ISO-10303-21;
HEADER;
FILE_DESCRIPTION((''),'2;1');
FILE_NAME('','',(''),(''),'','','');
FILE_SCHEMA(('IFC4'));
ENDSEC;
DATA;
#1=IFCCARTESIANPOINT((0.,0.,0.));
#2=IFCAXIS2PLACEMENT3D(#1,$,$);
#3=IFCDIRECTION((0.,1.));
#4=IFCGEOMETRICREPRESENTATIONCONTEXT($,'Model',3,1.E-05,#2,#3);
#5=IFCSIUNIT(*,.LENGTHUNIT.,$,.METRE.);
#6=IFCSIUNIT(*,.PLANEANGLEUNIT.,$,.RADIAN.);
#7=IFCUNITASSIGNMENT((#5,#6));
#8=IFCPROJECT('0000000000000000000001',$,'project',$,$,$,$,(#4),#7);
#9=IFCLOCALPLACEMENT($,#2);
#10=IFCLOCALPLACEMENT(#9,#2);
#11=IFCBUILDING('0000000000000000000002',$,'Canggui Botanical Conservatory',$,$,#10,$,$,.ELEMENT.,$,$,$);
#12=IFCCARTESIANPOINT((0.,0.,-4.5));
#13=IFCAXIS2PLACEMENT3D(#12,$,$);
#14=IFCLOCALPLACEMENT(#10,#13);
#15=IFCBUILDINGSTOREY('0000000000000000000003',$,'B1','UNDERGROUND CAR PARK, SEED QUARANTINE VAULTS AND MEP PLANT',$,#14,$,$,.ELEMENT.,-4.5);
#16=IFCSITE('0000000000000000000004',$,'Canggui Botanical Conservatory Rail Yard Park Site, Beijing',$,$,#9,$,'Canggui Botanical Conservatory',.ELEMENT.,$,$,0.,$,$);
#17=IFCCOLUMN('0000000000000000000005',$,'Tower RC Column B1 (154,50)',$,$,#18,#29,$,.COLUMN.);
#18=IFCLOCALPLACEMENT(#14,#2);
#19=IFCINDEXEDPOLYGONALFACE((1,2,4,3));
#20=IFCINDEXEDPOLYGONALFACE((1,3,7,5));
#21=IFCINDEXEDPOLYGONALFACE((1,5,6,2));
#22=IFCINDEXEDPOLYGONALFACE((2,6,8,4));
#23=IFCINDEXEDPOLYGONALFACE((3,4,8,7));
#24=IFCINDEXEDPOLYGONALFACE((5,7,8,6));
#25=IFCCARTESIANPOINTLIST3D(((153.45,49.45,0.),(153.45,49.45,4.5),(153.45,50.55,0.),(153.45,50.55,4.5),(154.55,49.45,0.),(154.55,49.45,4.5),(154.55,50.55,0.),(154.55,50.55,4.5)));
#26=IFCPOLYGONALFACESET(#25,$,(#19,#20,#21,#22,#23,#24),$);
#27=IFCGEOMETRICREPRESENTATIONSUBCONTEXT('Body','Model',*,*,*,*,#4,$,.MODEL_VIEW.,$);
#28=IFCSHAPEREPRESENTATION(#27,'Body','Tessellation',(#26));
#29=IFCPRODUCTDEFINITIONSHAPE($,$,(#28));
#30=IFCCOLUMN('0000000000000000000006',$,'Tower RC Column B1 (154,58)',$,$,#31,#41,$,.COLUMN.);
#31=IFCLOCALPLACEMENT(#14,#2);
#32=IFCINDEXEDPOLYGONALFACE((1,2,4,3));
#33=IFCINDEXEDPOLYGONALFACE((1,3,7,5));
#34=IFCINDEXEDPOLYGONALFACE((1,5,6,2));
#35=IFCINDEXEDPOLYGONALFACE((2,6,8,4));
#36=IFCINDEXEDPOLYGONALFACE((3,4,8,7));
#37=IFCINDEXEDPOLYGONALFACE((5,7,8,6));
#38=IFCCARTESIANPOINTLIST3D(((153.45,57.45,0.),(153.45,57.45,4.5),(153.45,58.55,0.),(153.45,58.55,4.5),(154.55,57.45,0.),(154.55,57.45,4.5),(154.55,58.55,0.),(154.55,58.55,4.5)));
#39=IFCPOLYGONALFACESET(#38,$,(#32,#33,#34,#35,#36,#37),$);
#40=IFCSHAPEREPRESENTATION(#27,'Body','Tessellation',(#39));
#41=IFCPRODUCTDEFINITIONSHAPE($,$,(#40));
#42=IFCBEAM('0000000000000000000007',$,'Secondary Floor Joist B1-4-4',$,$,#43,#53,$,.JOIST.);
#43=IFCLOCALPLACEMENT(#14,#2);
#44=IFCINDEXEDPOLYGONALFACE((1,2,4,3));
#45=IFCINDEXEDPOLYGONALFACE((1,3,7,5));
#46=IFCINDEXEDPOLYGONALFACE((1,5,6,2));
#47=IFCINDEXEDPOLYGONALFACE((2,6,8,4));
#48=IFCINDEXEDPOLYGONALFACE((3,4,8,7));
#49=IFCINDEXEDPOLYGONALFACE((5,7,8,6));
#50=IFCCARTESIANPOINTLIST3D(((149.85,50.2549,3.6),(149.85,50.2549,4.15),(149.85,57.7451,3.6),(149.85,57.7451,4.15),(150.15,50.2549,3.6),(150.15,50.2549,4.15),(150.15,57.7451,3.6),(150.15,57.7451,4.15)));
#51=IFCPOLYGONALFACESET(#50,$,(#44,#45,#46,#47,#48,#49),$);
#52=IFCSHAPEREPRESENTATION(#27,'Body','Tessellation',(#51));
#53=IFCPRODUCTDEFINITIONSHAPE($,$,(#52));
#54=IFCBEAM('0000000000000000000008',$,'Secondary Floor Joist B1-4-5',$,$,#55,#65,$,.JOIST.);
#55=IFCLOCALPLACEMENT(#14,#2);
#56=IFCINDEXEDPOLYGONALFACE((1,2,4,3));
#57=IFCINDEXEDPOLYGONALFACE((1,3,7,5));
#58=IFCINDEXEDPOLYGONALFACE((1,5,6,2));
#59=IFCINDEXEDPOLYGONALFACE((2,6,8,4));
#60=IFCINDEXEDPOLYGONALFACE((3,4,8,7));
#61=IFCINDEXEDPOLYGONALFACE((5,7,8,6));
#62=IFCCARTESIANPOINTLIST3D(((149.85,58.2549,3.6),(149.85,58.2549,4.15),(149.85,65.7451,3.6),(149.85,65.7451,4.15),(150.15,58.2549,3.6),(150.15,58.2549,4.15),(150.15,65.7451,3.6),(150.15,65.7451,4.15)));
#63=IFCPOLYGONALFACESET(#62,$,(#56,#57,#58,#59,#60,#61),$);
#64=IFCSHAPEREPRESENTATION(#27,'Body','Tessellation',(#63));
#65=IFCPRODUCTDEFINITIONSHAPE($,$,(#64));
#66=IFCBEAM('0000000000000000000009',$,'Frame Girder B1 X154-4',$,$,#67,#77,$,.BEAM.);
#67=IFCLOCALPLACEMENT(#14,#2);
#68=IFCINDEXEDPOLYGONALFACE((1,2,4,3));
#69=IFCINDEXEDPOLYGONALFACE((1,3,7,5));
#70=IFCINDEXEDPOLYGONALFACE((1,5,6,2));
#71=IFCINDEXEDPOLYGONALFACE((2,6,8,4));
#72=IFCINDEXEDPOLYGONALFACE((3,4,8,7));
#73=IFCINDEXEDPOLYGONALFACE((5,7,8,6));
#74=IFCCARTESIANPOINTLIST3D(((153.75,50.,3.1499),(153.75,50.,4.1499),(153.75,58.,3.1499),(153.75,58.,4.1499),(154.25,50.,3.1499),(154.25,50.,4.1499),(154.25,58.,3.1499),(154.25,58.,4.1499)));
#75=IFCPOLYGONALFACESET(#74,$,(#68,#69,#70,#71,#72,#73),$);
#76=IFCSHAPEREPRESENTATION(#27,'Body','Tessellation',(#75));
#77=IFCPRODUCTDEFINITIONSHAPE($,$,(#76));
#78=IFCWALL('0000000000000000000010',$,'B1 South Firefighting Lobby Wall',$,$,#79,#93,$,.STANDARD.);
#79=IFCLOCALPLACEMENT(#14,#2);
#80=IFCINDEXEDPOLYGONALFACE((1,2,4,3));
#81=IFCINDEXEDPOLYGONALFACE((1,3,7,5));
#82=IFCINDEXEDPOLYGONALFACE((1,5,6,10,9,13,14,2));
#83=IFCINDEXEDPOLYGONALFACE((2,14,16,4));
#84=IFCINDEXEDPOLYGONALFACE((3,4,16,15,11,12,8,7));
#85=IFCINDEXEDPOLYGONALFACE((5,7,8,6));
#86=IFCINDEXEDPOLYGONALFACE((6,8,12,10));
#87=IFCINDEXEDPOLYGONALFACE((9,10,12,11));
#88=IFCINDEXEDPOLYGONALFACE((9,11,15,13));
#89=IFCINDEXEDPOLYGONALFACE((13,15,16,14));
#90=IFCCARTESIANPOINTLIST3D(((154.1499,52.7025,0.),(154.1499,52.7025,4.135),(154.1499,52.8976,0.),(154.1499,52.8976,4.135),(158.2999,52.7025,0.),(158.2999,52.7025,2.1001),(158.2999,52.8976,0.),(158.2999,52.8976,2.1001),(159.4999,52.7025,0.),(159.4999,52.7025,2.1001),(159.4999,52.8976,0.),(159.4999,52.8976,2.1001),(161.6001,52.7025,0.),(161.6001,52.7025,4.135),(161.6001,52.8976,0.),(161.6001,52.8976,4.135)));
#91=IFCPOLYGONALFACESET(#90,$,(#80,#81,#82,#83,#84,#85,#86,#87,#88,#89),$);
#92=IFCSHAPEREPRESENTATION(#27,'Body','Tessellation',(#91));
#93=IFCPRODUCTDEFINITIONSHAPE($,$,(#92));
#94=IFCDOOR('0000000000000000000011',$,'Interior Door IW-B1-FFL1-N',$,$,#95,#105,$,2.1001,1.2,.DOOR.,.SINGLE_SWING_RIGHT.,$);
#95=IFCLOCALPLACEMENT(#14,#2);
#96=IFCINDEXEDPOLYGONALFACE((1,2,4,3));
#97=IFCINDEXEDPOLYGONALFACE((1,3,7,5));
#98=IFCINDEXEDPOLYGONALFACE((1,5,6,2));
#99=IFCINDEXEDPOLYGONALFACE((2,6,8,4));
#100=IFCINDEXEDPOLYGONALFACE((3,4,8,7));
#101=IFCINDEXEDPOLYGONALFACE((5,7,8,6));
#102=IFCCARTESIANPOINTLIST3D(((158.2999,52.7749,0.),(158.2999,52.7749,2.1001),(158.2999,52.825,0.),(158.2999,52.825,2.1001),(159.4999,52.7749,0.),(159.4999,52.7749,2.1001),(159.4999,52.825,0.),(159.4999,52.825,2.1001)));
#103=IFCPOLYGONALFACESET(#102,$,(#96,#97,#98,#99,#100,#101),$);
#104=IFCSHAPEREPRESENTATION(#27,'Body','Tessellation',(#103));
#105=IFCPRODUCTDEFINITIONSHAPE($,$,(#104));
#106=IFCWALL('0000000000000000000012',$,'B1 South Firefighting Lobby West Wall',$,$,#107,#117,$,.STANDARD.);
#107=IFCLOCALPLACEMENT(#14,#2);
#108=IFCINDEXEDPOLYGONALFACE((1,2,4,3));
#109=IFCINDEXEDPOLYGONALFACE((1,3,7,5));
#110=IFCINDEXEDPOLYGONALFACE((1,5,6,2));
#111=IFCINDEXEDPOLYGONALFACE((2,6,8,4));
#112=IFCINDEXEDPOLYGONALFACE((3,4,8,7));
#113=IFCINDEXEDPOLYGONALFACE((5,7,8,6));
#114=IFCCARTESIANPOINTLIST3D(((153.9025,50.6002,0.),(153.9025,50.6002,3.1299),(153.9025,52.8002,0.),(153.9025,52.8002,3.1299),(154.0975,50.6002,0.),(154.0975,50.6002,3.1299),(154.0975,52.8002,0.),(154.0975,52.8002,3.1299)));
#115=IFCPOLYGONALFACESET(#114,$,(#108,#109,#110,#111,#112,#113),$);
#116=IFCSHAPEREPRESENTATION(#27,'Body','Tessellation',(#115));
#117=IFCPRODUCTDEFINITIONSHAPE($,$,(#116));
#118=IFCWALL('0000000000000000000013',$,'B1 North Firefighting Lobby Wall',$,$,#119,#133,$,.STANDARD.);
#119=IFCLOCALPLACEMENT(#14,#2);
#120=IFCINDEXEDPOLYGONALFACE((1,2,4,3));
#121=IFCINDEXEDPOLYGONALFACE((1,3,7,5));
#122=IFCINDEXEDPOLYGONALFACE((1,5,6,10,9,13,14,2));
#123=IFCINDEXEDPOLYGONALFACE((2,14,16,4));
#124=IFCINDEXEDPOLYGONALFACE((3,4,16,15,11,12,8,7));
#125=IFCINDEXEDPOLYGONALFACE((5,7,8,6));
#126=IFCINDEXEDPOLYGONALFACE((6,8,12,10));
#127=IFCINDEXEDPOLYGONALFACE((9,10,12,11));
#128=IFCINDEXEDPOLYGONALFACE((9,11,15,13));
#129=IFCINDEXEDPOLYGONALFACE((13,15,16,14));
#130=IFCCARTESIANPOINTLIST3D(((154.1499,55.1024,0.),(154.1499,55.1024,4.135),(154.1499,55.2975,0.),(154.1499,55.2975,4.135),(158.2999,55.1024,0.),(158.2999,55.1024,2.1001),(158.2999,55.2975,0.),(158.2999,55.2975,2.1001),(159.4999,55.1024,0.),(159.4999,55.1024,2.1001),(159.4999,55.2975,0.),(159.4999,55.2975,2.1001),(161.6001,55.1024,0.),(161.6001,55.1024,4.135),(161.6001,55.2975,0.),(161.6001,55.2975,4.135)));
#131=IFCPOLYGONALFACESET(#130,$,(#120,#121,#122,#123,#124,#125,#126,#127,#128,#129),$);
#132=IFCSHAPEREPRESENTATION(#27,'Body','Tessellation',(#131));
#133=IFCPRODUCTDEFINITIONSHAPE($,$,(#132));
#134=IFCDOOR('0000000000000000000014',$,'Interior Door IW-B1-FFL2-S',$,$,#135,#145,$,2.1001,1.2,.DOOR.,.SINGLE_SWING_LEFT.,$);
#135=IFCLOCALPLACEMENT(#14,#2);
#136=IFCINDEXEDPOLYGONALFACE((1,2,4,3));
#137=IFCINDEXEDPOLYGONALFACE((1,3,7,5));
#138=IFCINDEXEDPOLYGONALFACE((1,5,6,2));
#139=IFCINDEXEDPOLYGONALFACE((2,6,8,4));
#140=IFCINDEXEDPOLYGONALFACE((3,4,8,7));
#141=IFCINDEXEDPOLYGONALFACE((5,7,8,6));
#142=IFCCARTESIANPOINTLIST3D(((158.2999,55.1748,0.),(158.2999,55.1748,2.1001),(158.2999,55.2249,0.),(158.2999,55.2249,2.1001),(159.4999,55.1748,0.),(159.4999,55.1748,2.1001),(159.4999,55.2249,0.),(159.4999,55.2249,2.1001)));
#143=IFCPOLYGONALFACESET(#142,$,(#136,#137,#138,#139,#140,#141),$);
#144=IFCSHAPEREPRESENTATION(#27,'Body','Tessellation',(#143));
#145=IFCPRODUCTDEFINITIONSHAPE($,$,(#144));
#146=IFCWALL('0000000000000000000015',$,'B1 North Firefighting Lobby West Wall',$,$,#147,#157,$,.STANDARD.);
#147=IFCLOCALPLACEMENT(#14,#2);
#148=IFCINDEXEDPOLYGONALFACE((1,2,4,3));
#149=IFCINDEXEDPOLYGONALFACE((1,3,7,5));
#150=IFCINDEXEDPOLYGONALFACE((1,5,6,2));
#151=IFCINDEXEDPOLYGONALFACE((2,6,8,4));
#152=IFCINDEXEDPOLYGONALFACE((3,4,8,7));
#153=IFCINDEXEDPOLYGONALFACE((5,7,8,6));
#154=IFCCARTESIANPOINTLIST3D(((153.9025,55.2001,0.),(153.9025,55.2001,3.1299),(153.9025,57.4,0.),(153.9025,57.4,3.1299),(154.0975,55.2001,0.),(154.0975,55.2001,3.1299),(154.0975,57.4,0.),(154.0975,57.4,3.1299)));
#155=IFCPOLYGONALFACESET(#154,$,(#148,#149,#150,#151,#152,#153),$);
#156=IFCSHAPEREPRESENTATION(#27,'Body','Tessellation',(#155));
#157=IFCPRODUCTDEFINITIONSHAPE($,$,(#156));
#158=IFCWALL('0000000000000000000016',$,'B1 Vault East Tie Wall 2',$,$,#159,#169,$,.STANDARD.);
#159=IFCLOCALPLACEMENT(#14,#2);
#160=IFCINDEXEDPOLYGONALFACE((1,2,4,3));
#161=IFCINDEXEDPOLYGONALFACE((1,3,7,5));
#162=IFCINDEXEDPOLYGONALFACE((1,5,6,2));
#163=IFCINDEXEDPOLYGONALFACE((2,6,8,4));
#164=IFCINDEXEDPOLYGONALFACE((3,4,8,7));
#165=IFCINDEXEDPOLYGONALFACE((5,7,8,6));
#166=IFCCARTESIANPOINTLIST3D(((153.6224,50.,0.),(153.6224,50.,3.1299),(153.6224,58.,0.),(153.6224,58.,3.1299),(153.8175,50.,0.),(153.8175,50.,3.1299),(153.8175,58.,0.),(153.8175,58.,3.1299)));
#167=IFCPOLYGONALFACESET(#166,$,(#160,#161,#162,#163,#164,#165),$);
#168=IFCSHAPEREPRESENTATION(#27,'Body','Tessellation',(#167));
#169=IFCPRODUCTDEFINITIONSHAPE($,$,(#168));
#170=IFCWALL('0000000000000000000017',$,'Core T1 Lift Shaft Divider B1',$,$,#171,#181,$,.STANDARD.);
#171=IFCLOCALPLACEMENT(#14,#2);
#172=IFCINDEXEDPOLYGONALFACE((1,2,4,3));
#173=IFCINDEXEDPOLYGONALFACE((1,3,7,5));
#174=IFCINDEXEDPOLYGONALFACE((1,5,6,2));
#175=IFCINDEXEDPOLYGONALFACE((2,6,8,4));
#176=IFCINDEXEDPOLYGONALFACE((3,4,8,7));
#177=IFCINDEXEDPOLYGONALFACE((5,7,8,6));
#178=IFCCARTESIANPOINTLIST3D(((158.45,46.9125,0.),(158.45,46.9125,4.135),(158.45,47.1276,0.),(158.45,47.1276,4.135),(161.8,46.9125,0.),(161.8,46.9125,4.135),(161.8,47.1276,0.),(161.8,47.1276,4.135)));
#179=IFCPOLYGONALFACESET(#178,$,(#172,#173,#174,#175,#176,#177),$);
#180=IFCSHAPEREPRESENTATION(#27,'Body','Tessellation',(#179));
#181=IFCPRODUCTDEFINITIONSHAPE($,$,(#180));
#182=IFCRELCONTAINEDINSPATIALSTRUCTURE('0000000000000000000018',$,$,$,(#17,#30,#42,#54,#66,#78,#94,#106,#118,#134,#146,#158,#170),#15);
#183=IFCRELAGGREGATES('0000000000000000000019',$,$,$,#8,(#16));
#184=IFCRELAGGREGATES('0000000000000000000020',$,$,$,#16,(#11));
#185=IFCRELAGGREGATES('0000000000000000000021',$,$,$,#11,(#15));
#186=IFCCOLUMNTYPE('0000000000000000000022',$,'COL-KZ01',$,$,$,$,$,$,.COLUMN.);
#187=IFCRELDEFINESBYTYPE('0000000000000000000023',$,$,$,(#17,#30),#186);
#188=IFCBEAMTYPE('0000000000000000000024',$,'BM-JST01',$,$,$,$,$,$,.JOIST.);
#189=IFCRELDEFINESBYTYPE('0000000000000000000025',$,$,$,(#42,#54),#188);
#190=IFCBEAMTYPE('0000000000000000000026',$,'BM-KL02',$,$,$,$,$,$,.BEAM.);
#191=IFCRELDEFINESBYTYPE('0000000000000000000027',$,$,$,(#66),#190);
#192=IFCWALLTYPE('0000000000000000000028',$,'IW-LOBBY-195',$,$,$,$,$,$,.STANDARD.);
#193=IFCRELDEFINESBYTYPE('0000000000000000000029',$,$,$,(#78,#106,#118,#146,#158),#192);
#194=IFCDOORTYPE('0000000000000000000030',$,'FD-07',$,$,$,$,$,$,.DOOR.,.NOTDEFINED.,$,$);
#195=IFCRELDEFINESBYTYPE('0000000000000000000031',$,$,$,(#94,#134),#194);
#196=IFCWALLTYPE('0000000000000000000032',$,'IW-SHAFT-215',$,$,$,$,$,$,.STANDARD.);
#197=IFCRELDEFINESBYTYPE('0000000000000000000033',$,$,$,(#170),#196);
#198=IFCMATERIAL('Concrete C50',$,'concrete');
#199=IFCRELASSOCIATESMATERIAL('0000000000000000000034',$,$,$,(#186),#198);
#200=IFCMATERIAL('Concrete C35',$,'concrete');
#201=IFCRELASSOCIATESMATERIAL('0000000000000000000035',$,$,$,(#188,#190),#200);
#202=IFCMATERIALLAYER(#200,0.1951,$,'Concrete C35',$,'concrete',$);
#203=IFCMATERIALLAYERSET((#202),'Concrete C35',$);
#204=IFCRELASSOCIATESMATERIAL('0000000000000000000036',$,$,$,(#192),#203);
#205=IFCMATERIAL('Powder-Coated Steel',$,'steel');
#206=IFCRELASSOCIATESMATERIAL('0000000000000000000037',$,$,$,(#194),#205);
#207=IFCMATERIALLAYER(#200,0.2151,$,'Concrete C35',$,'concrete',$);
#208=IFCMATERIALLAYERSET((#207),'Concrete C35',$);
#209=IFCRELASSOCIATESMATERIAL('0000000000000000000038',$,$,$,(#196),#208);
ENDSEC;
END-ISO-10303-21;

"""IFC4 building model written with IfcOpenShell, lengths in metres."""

from ifc_helpers import new_model, si_unit, direction, frame, frame_2d, origin, origin_2d, place, context, subcontext, project, spatial, rectangle, extrude, material, layer, layer_set, material_profile, profile_set, type_object, element, fill, save


model = new_model("IFC4")

# Units and contexts
model_context = context("Model", 3, precision=1e-05, world=origin(), true_north=direction((0.0, 1.0)))
body_context = subcontext(model_context, "Body", "Model", "MODEL_VIEW")
ifc_project = project(units=[si_unit("LENGTHUNIT", "METRE"), si_unit("PLANEANGLEUNIT", "RADIAN")], contexts=[model_context])

# Site, building, storey
site_placement = place(None, origin())
site = spatial("IfcSite", under=ifc_project, at=site_placement, Name="Canggui Botanical Conservatory Rail Yard Park Site, Beijing", LongName="Canggui Botanical Conservatory", CompositionType="ELEMENT", RefElevation=0.0)
building_placement = place(site_placement, origin())
building = spatial("IfcBuilding", under=site, at=building_placement, Name="Canggui Botanical Conservatory", CompositionType="ELEMENT")
storey_placement = place(building_placement, frame((0.0, 0.0, -4.5)))
storey = spatial("IfcBuildingStorey", under=building, at=storey_placement, Name="B1", Description="UNDERGROUND CAR PARK, SEED QUARANTINE VAULTS AND MEP PLANT", CompositionType="ELEMENT", Elevation=-4.5)

# Columns
ifc_material_1 = material(Name="Concrete C50", Category="concrete")
ifc_material_profile_1 = material_profile(ifc_material_1, rectangle(XDim=1.1001, YDim=1.1001, at=origin_2d()), Name="RC 1100x1100")
ifc_profile_set_1 = profile_set([ifc_material_profile_1], Name="Concrete C50")
column_type = type_object("IfcColumnType", Name="COL-KZ01", PredefinedType="COLUMN", material=ifc_profile_set_1)
for number, where, z_axis, x_axis, name in (
    (1, (154.0, 50.0, 0.0), (0.0, 0.0, 1.0), (1.0, 0.0, 0.0), "Tower RC Column B1 (154,50)"),
    (2, (154.0, 58.0, 0.0), (0.0, 0.0, 1.0), (1.0, 0.0, 0.0), "Tower RC Column B1 (154,58)"),
):
    element("IfcColumn", number, at=place(storey_placement, frame(where, z_axis=z_axis, x_axis=x_axis)), inside=storey, type_object=column_type, Name=name, PredefinedType="COLUMN", context=body_context, shape_type="SweptSolid", body=[
        extrude(rectangle(XDim=1.1001, YDim=1.1001, at=origin_2d()), origin(), (0.0, 0.0, 1.0), 4.5),
    ])

# Beams
ifc_material_2 = material(Name="Concrete C35", Category="concrete")
ifc_material_profile_2 = material_profile(ifc_material_2, rectangle(XDim=0.3, YDim=0.55, at=origin_2d()), Name="RB 300x550")
ifc_profile_set_2 = profile_set([ifc_material_profile_2], Name="Concrete C35")
beam_type_1 = type_object("IfcBeamType", Name="BM-JST01", PredefinedType="JOIST", material=ifc_profile_set_2)
for number, where, z_axis, x_axis, name in (
    (3, (150.0, 50.2549, 3.875), (0.0, 1.0, 0.0), (-1.0, 0.0, 0.0), "Secondary Floor Joist B1-4-4"),
    (4, (150.0, 58.2549, 3.875), (0.0, 1.0, 0.0), (-1.0, 0.0, 0.0), "Secondary Floor Joist B1-4-5"),
):
    element("IfcBeam", number, at=place(storey_placement, frame(where, z_axis=z_axis, x_axis=x_axis)), inside=storey, type_object=beam_type_1, Name=name, PredefinedType="JOIST", context=body_context, shape_type="SweptSolid", body=[
        extrude(rectangle(XDim=0.3, YDim=0.55, at=origin_2d()), origin(), (0.0, 0.0, 1.0), 7.4902),
    ])
ifc_material_profile_3 = material_profile(ifc_material_2, rectangle(XDim=0.5, YDim=1.0, at=origin_2d()), Name="RB 500x1000")
ifc_profile_set_3 = profile_set([ifc_material_profile_3], Name="Concrete C35")
beam_type_2 = type_object("IfcBeamType", Name="BM-KL02", PredefinedType="BEAM", material=ifc_profile_set_3)
beam_placement = place(storey_placement, frame((154.0, 50.0, 3.6499), z_axis=(0.0, 1.0, 0.0), x_axis=(-1.0, 0.0, 0.0)))
element("IfcBeam", 5, at=beam_placement, inside=storey, type_object=beam_type_2, Name="Frame Girder B1 X154-4", PredefinedType="BEAM", context=body_context, shape_type="SweptSolid", body=[
    extrude(rectangle(XDim=0.5, YDim=1.0, at=origin_2d()), origin(), (0.0, 0.0, 1.0), 8.0),
])

# Wall, opening, door
ifc_layer_1 = layer(ifc_material_2, 0.1951, Name="Concrete C35", Category="concrete")
ifc_layer_set_1 = layer_set([ifc_layer_1], Name="Concrete C35")
wall_type_1 = type_object("IfcWallType", Name="IW-LOBBY-195", PredefinedType="STANDARD", material=ifc_layer_set_1)
wall_1_placement = place(storey_placement, frame((154.1499, 52.8, 0.0), z_axis=(0.0, 0.0, 1.0), x_axis=(1.0, 0.0, 0.0)))
wall_1 = element("IfcWall", 6, at=wall_1_placement, inside=storey, type_object=wall_type_1, Name="B1 South Firefighting Lobby Wall", PredefinedType="STANDARD", context=body_context, shape_type="SweptSolid", body=[
    extrude(rectangle(XDim=7.4502, YDim=0.1951, at=frame_2d((3.7251, 0.0))), origin(), (0.0, 0.0, 1.0), 4.135),
])
opening_1_placement = place(wall_1_placement, frame((4.1499, 0.0, 0.0)))
opening_1 = element("IfcOpeningElement", 7, at=opening_1_placement, cuts=wall_1, PredefinedType="OPENING", context=body_context, shape_type="SweptSolid", body=[
    extrude(rectangle(XDim=1.2, YDim=2.1001, at=frame_2d((0.6001, 1.05))), frame((0.0, 0.1074, 0.0), z_axis=(0.0, -1.0, 0.0), x_axis=(1.0, 0.0, 0.0)), (0.0, 0.0, 1.0), 0.2151),
])
ifc_material_3 = material(Name="Powder-Coated Steel", Category="steel")
door_type_1 = type_object("IfcDoorType", Name="FD-07", OperationType="NOTDEFINED", PredefinedType="DOOR", material=ifc_material_3)
door_1_placement = place(opening_1_placement, origin())
door_1 = element("IfcDoor", 8, at=door_1_placement, inside=storey, type_object=door_type_1, Name="Interior Door IW-B1-FFL1-N", OperationType="SINGLE_SWING_RIGHT", OverallHeight=2.1001, OverallWidth=1.2, PredefinedType="DOOR", context=body_context, shape_type="SweptSolid", body=[
    extrude(rectangle(XDim=1.2, YDim=2.1001, at=frame_2d((0.6001, 1.05))), frame((0.0, 0.0249, 0.0), z_axis=(0.0, -1.0, 0.0), x_axis=(1.0, 0.0, 0.0)), (0.0, 0.0, 1.0), 0.05),
])
fill(opening_1, door_1)

# Wall
wall_2_placement = place(storey_placement, frame((154.0, 50.6001, 0.0), z_axis=(0.0, 0.0, 1.0), x_axis=(0.0, 1.0, 0.0)))
element("IfcWall", 9, at=wall_2_placement, inside=storey, type_object=wall_type_1, Name="B1 South Firefighting Lobby West Wall", PredefinedType="STANDARD", context=body_context, shape_type="SweptSolid", body=[
    extrude(rectangle(XDim=2.2, YDim=0.1951, at=frame_2d((1.1001, 0.0))), origin(), (0.0, 0.0, 1.0), 3.1299),
])

# Wall, opening, door
wall_3_placement = place(storey_placement, frame((154.1499, 55.2, 0.0), z_axis=(0.0, 0.0, 1.0), x_axis=(1.0, 0.0, 0.0)))
wall_3 = element("IfcWall", 10, at=wall_3_placement, inside=storey, type_object=wall_type_1, Name="B1 North Firefighting Lobby Wall", PredefinedType="STANDARD", context=body_context, shape_type="SweptSolid", body=[
    extrude(rectangle(XDim=7.4502, YDim=0.1951, at=frame_2d((3.7251, 0.0))), origin(), (0.0, 0.0, 1.0), 4.135),
])
opening_2_placement = place(wall_3_placement, frame((4.1499, 0.0, 0.0)))
opening_2 = element("IfcOpeningElement", 11, at=opening_2_placement, cuts=wall_3, PredefinedType="OPENING", context=body_context, shape_type="SweptSolid", body=[
    extrude(rectangle(XDim=1.2, YDim=2.1001, at=frame_2d((0.6001, 1.05))), frame((0.0, 0.1074, 0.0), z_axis=(0.0, -1.0, 0.0), x_axis=(1.0, 0.0, 0.0)), (0.0, 0.0, 1.0), 0.2151),
])
door_2_placement = place(opening_2_placement, origin())
door_2 = element("IfcDoor", 12, at=door_2_placement, inside=storey, type_object=door_type_1, Name="Interior Door IW-B1-FFL2-S", OperationType="SINGLE_SWING_LEFT", OverallHeight=2.1001, OverallWidth=1.2, PredefinedType="DOOR", context=body_context, shape_type="SweptSolid", body=[
    extrude(rectangle(XDim=1.2, YDim=2.1001, at=frame_2d((0.6001, 1.05))), frame((0.0, 0.0249, 0.0), z_axis=(0.0, -1.0, 0.0), x_axis=(1.0, 0.0, 0.0)), (0.0, 0.0, 1.0), 0.05),
])
fill(opening_2, door_2)

# Walls
wall_4_placement = place(storey_placement, frame((154.0, 55.2, 0.0), z_axis=(0.0, 0.0, 1.0), x_axis=(0.0, 1.0, 0.0)))
element("IfcWall", 13, at=wall_4_placement, inside=storey, type_object=wall_type_1, Name="B1 North Firefighting Lobby West Wall", PredefinedType="STANDARD", context=body_context, shape_type="SweptSolid", body=[
    extrude(rectangle(XDim=2.2, YDim=0.1951, at=frame_2d((1.1001, 0.0))), origin(), (0.0, 0.0, 1.0), 3.1299),
])
wall_5_placement = place(storey_placement, frame((153.72, 50.0, 0.0), z_axis=(0.0, 0.0, 1.0), x_axis=(0.0, 1.0, 0.0)))
element("IfcWall", 14, at=wall_5_placement, inside=storey, type_object=wall_type_1, Name="B1 Vault East Tie Wall 2", PredefinedType="STANDARD", context=body_context, shape_type="SweptSolid", body=[
    extrude(rectangle(XDim=8.0, YDim=0.1951, at=frame_2d((4.0, 0.0))), origin(), (0.0, 0.0, 1.0), 3.1299),
])
ifc_layer_2 = layer(ifc_material_2, 0.2151, Name="Concrete C35", Category="concrete")
ifc_layer_set_2 = layer_set([ifc_layer_2], Name="Concrete C35")
wall_type_2 = type_object("IfcWallType", Name="IW-SHAFT-215", PredefinedType="STANDARD", material=ifc_layer_set_2)
wall_6_placement = place(storey_placement, frame((158.45, 47.02, 0.0), z_axis=(0.0, 0.0, 1.0), x_axis=(1.0, 0.0, 0.0)))
element("IfcWall", 15, at=wall_6_placement, inside=storey, type_object=wall_type_2, Name="Core T1 Lift Shaft Divider B1", PredefinedType="STANDARD", context=body_context, shape_type="SweptSolid", body=[
    extrude(rectangle(XDim=3.3501, YDim=0.2151, at=frame_2d((1.675, 0.0))), origin(), (0.0, 0.0, 1.0), 4.135),
])

save(model, "model.ifc")
